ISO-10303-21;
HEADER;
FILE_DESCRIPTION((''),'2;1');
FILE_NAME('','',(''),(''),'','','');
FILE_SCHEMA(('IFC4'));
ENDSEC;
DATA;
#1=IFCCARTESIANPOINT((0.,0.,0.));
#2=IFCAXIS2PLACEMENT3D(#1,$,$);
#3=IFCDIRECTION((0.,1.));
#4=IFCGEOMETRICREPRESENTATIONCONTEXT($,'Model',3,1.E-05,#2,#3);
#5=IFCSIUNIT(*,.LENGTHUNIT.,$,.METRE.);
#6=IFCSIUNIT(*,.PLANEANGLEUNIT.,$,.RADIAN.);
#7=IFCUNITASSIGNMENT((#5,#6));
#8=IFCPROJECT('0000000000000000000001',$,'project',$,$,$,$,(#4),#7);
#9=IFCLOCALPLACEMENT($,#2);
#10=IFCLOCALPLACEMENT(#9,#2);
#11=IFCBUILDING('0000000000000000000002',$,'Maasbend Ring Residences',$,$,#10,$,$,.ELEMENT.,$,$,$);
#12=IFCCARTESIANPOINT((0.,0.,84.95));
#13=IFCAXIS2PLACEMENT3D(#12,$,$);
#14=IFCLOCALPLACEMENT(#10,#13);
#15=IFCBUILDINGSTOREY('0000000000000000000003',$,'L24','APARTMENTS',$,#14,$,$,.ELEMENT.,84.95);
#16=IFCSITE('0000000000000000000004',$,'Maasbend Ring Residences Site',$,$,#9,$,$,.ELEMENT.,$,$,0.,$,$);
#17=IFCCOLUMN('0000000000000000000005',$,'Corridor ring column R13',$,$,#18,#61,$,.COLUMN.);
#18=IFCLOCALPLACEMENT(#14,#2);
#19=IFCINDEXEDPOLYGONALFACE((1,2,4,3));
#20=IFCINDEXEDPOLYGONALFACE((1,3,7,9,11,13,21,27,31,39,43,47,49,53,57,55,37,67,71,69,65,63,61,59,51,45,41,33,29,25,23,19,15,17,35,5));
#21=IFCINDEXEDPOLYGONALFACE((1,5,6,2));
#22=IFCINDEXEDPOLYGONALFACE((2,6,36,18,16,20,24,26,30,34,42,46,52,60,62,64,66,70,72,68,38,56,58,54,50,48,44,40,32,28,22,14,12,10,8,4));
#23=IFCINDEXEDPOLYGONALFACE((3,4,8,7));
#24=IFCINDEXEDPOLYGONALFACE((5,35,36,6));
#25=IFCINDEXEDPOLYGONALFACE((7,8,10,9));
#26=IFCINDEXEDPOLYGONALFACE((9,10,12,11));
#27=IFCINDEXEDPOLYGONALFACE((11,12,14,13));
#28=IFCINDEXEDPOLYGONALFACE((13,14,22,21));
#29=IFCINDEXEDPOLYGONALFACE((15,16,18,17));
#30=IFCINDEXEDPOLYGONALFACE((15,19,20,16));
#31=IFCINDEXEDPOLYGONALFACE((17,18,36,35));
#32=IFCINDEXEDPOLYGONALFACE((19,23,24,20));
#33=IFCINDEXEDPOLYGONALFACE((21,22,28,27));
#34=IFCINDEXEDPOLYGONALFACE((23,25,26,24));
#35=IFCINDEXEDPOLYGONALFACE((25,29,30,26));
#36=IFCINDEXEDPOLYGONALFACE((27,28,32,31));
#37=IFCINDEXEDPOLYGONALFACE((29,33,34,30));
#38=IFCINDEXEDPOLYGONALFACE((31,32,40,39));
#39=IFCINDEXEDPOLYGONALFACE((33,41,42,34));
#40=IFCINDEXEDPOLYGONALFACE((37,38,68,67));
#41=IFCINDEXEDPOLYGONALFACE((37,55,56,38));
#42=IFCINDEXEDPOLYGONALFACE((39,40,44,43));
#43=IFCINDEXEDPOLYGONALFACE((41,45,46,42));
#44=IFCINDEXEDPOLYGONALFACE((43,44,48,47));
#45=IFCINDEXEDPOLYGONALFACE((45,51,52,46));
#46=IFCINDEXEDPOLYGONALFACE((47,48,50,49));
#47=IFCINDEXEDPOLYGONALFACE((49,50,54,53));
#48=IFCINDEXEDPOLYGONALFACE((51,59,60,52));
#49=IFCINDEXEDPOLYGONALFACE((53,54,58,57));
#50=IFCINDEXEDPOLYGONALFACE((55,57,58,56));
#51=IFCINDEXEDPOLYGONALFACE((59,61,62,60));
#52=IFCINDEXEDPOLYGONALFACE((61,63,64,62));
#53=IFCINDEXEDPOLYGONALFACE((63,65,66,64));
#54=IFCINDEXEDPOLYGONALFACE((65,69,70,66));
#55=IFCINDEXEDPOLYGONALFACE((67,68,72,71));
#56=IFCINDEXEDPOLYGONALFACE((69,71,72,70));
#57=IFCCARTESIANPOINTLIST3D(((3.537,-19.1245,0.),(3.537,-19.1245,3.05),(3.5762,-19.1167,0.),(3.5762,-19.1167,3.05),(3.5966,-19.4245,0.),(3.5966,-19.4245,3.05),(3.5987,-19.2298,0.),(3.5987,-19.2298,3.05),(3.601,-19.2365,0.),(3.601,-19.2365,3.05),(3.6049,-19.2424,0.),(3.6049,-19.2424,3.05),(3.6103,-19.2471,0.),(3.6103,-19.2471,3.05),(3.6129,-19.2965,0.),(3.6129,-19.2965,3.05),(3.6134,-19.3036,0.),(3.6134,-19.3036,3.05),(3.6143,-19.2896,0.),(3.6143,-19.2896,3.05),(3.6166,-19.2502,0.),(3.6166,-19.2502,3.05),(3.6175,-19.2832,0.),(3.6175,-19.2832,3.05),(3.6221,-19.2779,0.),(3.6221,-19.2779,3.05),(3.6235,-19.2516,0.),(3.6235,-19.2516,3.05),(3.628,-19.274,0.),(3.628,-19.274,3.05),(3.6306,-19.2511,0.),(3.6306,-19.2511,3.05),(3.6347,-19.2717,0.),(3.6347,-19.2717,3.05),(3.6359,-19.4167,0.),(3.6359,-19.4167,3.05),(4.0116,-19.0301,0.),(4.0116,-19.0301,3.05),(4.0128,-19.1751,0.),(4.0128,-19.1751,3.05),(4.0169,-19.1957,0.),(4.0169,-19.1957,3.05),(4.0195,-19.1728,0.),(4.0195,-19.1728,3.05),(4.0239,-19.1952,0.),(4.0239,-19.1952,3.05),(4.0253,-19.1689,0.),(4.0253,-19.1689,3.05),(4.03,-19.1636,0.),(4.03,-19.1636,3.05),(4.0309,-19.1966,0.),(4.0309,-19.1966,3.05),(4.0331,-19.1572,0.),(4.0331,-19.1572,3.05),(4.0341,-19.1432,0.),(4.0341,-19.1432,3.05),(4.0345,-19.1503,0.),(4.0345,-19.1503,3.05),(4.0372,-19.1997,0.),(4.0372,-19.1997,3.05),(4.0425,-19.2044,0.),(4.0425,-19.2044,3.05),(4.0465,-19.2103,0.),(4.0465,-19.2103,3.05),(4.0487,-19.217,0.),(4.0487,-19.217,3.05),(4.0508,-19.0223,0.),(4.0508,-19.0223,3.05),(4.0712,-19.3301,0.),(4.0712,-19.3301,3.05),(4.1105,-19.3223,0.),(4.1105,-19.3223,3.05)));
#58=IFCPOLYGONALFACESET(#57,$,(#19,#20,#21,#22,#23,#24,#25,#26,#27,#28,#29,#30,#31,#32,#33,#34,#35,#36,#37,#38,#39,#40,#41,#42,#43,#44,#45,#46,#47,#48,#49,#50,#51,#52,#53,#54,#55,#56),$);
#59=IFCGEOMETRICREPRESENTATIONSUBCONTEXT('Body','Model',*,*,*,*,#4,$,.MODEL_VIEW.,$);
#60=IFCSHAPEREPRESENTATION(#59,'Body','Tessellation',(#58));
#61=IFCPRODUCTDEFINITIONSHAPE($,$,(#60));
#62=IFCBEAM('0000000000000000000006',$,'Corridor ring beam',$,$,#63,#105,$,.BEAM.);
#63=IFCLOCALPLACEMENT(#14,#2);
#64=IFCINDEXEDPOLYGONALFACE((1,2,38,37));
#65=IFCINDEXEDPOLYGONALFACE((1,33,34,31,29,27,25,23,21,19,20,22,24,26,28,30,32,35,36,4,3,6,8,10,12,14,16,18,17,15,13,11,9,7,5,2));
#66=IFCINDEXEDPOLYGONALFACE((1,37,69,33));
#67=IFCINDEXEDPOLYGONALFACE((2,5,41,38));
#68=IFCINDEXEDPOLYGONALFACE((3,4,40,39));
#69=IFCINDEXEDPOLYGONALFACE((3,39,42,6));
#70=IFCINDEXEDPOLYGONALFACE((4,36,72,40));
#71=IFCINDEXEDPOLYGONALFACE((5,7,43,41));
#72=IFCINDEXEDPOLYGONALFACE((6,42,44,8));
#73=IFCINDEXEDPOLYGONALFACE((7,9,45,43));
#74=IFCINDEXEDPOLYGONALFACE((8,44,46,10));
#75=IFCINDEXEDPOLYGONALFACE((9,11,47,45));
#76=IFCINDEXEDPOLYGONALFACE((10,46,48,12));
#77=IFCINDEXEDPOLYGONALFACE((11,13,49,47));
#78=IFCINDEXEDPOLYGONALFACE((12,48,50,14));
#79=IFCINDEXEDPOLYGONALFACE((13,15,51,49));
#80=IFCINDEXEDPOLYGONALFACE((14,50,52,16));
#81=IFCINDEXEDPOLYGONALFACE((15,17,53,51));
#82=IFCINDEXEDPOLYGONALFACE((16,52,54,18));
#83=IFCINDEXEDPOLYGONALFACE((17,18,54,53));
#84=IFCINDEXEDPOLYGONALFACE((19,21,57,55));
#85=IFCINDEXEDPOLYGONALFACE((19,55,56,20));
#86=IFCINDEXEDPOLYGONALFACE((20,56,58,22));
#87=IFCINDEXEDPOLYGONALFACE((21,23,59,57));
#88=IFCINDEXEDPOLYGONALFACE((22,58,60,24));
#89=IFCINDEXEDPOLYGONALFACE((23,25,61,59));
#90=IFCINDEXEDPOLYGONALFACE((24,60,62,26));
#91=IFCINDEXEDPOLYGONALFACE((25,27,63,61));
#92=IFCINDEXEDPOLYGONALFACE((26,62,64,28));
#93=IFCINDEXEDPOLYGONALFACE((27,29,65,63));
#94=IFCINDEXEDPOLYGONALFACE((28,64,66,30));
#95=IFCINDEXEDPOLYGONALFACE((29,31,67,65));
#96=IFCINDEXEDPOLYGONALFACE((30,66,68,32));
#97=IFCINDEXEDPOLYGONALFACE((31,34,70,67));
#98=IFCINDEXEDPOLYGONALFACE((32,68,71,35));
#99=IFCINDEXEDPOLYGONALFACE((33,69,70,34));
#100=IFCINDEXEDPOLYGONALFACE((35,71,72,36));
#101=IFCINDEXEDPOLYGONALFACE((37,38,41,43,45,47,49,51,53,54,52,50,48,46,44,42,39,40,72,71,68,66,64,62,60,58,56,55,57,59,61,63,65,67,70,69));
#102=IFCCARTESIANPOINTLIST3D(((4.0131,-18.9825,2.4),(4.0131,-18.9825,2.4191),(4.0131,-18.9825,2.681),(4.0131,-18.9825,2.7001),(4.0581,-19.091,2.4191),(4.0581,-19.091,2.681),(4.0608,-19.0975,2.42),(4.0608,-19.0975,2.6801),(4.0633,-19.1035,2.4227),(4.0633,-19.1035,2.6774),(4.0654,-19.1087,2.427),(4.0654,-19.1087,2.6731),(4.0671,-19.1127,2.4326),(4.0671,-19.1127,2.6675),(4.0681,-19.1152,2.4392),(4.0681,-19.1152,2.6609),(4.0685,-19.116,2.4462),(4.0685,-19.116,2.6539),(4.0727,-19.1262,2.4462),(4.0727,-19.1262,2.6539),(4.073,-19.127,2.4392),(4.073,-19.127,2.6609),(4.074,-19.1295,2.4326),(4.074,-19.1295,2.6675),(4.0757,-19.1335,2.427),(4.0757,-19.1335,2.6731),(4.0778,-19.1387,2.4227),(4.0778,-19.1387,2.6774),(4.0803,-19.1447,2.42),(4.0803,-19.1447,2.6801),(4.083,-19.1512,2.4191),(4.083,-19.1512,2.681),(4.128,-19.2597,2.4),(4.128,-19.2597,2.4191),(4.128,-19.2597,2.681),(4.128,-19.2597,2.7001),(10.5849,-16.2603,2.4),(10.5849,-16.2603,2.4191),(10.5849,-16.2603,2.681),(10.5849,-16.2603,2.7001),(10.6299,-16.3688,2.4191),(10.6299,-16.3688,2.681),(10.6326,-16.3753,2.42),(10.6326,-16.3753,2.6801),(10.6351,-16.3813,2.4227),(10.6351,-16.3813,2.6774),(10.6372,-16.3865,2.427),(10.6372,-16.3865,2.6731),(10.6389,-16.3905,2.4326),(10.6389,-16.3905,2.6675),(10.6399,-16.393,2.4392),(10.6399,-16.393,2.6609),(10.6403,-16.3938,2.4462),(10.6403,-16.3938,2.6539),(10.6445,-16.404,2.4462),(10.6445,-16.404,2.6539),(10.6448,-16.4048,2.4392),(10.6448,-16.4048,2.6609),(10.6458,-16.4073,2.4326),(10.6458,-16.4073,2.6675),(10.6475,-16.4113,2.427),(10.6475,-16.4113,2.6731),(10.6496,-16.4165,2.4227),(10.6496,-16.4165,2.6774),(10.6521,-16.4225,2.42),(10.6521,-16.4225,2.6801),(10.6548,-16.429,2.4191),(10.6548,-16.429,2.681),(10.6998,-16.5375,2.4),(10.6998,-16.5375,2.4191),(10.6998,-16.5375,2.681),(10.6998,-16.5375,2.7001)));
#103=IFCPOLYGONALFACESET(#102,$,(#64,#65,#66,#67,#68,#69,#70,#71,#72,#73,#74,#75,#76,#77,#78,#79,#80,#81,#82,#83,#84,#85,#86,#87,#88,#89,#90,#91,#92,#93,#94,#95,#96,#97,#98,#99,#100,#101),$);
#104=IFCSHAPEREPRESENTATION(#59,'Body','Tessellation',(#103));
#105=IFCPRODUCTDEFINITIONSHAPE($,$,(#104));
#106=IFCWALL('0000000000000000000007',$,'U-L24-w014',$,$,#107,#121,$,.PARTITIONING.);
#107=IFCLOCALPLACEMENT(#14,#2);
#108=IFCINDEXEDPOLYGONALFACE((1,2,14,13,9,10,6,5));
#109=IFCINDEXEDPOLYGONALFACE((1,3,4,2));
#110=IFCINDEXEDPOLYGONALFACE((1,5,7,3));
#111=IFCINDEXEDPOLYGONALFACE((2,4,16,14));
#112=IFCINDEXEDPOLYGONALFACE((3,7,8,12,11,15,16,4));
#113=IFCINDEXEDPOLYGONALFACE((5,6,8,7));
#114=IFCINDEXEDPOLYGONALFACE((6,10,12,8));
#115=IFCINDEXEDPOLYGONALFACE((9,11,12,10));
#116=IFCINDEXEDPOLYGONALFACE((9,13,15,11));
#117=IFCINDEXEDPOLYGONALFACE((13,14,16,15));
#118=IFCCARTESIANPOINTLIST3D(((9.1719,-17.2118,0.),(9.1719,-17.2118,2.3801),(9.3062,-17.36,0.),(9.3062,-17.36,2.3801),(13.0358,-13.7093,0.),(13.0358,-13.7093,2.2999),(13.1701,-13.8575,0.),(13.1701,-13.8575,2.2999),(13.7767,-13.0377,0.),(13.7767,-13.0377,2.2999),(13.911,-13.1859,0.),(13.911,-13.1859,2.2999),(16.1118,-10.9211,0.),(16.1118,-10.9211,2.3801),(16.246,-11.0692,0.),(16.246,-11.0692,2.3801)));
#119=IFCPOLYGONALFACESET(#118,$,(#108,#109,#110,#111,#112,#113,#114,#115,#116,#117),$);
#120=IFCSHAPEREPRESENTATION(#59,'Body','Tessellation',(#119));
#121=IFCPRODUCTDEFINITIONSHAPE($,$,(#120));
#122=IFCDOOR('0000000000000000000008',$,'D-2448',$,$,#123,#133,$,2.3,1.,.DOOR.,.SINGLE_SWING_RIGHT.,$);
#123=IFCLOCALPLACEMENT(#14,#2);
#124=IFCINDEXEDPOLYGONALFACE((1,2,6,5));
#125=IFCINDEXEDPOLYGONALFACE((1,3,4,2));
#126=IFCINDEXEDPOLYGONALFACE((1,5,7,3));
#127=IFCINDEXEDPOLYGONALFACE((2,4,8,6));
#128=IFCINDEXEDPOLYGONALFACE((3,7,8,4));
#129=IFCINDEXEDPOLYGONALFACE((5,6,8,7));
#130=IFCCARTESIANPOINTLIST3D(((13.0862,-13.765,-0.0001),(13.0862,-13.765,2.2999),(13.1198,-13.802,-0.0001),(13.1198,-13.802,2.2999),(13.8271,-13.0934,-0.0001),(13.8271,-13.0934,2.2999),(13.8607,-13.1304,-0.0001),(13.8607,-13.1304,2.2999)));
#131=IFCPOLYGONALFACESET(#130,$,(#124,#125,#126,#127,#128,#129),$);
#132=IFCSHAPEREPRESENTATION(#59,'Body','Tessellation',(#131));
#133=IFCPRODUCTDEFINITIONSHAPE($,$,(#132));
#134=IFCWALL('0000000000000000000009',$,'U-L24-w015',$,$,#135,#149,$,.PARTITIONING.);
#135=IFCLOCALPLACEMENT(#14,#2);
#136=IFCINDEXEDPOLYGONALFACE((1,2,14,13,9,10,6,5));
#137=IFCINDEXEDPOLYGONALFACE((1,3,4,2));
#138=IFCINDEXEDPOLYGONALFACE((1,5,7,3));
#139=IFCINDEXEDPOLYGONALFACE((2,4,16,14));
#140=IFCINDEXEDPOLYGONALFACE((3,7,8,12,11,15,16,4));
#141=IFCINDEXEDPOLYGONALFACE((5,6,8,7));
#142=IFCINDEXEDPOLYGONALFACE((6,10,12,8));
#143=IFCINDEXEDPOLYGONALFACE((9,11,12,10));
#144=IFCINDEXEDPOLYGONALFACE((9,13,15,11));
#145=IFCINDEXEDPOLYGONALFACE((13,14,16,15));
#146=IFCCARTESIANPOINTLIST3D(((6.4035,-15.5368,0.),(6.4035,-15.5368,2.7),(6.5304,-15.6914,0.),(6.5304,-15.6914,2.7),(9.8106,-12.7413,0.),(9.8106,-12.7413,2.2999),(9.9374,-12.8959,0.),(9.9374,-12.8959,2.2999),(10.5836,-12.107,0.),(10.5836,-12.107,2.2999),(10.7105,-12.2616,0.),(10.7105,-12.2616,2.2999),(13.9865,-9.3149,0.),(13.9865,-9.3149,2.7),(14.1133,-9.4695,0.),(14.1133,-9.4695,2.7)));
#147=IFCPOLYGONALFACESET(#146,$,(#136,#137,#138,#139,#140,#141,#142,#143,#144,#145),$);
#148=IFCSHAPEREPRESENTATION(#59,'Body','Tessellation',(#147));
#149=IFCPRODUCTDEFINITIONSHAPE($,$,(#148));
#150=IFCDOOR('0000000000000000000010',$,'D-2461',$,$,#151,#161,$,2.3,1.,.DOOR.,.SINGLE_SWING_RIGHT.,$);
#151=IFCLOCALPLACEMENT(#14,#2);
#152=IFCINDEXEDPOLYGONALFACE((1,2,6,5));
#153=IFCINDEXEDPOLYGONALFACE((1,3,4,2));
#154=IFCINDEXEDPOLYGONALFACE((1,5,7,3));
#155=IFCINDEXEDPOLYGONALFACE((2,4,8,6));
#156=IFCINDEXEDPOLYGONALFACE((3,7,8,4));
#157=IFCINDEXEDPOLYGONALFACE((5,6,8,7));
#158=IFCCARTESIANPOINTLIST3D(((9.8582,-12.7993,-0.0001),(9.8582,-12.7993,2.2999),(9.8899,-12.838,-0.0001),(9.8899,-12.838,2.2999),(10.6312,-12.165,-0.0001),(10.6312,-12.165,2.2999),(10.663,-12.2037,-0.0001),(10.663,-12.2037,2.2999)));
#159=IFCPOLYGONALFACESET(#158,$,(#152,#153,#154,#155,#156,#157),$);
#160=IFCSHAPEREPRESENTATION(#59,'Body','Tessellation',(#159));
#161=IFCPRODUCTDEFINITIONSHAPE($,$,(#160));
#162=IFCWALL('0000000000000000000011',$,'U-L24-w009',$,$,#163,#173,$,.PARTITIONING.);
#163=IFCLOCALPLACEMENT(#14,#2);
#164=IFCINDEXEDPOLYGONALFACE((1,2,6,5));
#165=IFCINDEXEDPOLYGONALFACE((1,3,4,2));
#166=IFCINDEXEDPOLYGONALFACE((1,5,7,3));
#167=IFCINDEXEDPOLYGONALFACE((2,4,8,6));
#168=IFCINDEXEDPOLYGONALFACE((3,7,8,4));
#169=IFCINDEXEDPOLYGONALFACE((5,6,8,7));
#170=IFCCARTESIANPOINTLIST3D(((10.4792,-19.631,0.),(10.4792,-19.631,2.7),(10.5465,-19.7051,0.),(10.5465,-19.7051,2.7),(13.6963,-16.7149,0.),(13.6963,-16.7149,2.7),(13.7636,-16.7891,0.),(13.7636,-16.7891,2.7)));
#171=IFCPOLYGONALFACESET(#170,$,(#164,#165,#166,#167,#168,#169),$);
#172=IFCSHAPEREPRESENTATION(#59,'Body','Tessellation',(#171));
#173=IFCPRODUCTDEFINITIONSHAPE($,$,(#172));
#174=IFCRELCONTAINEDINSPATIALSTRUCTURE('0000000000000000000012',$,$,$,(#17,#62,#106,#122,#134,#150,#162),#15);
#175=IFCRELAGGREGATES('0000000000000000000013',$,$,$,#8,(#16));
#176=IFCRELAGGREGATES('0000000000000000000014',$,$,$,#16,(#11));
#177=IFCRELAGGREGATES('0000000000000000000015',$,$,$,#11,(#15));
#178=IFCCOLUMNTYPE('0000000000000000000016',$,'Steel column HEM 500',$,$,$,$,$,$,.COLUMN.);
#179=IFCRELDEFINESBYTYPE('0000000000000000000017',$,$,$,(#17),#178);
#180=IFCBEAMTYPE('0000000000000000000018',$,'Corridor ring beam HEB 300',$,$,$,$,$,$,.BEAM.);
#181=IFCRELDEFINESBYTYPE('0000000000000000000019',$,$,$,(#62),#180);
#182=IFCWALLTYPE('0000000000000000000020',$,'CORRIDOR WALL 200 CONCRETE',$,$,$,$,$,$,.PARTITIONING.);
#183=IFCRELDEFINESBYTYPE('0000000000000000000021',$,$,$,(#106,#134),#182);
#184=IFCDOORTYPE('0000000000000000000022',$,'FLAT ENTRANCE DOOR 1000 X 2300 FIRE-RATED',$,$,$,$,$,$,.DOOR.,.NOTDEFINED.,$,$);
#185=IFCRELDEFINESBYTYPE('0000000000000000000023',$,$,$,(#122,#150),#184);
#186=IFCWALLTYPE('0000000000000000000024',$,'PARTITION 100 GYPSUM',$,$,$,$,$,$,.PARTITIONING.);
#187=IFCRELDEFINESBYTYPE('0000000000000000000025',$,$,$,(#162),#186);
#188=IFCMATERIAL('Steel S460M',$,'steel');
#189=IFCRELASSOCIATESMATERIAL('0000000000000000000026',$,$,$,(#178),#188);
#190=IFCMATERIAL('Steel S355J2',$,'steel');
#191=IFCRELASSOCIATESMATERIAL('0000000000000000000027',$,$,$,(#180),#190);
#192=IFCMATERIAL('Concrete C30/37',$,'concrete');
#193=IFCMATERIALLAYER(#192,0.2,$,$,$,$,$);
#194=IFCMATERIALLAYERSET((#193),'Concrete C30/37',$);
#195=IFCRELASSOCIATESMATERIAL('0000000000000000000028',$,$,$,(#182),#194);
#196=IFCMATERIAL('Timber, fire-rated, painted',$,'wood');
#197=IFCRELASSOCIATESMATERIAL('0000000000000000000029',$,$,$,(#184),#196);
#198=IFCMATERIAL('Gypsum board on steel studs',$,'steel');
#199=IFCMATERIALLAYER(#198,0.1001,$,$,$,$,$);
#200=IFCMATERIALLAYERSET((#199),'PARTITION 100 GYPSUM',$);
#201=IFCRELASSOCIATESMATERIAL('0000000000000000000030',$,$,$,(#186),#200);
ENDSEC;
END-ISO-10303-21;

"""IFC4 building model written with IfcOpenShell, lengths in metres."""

from ifc_helpers import new_model, si_unit, direction, frame, frame_2d, origin, origin_2d, place, context, subcontext, project, spatial, rectangle, i_section, extrude, material, layer, layer_set, material_profile, profile_set, type_object, element, fill, save


model = new_model("IFC4")

# Units and contexts
model_context = context("Model", 3, precision=1e-05, world=origin(), true_north=direction((0.0, 1.0)))
body_context = subcontext(model_context, "Body", "Model", "MODEL_VIEW")
ifc_project = project(units=[si_unit("LENGTHUNIT", "METRE"), si_unit("PLANEANGLEUNIT", "RADIAN")], contexts=[model_context])

# Site, building, storey
site_placement = place(None, origin())
site = spatial("IfcSite", under=ifc_project, at=site_placement, Name="Maasbend Ring Residences Site", CompositionType="ELEMENT", RefElevation=0.0)
building_placement = place(site_placement, origin())
building = spatial("IfcBuilding", under=site, at=building_placement, Name="Maasbend Ring Residences", CompositionType="ELEMENT")
storey_placement = place(building_placement, frame((0.0, 0.0, 84.95)))
storey = spatial("IfcBuildingStorey", under=building, at=storey_placement, Name="L24", Description="APARTMENTS", CompositionType="ELEMENT", Elevation=84.95)

# Column
ifc_material_1 = material(Name="Steel S460M", Category="steel")
ifc_material_profile_1 = material_profile(ifc_material_1, i_section(OverallWidth=0.3059, OverallDepth=0.5239, WebThickness=0.021, FlangeThickness=0.04, FilletRadius=0.0271, at=origin_2d()), Name="HEM 500")
ifc_profile_set_1 = profile_set([ifc_material_profile_1], Name="Steel S460M")
column_type = type_object("IfcColumnType", Name="Steel column HEM 500", PredefinedType="COLUMN", material=ifc_profile_set_1)
column_placement = place(storey_placement, frame((3.8237, -19.2234, 0.0), z_axis=(0.0, 0.0, 1.0), x_axis=(0.19509, -0.980785, 0.0)))
element("IfcColumn", 1, at=column_placement, inside=storey, type_object=column_type, Name="Corridor ring column R13", PredefinedType="COLUMN", context=body_context, shape_type="SweptSolid", body=[
    extrude(i_section(OverallWidth=0.3059, OverallDepth=0.5239, WebThickness=0.021, FlangeThickness=0.04, FilletRadius=0.0271, at=origin_2d()), origin(), (0.0, 0.0, 1.0), 3.05),
])

# Beam
ifc_material_2 = material(Name="Steel S355J2", Category="steel")
ifc_material_profile_2 = material_profile(ifc_material_2, i_section(OverallWidth=0.3, OverallDepth=0.3, WebThickness=0.011, FlangeThickness=0.019, FilletRadius=0.0271, at=origin_2d()), Name="HEB 300")
ifc_profile_set_2 = profile_set([ifc_material_profile_2], Name="Steel S355J2")
beam_type = type_object("IfcBeamType", Name="Corridor ring beam HEB 300", PredefinedType="BEAM", material=ifc_profile_set_2)
beam_placement = place(storey_placement, frame((4.0706, -19.1211, 2.55), z_axis=(0.923877, 0.382689, 0.0), x_axis=(-0.382689, 0.923877, 0.0)))
element("IfcBeam", 2, at=beam_placement, inside=storey, type_object=beam_type, Name="Corridor ring beam", PredefinedType="BEAM", context=body_context, shape_type="SweptSolid", body=[
    extrude(i_section(OverallWidth=0.3, OverallDepth=0.3, WebThickness=0.011, FlangeThickness=0.019, FilletRadius=0.0271, at=origin_2d()), origin(), (0.0, 0.0, 1.0), 7.1133),
])

# Walls, openings, doors
ifc_material_3 = material(Name="Concrete C30/37", Category="concrete")
ifc_layer_1 = layer(ifc_material_3, 0.2)
ifc_layer_set_1 = layer_set([ifc_layer_1], Name="Concrete C30/37")
wall_type_1 = type_object("IfcWallType", Name="CORRIDOR WALL 200 CONCRETE", PredefinedType="PARTITIONING", material=ifc_layer_set_1)
wall_1_placement = place(storey_placement, frame((9.239, -17.2859, 0.0), z_axis=(0.0, 0.0, 1.0), x_axis=(0.74091, 0.671604, 0.0)))
wall_1 = element("IfcWall", 3, at=wall_1_placement, inside=storey, type_object=wall_type_1, Name="U-L24-w014", PredefinedType="PARTITIONING", context=body_context, shape_type="SweptSolid", body=[
    extrude(rectangle(XDim=9.3667, YDim=0.2, at=frame_2d((4.6833, 0.0))), origin(), (0.0, 0.0, 1.0), 2.3801),
])
opening_1_placement = place(wall_1_placement, frame((5.2151, 0.0, 0.0)))
opening_1 = element("IfcOpeningElement", 4, at=opening_1_placement, cuts=wall_1, PredefinedType="OPENING", context=body_context, shape_type="SweptSolid", body=[
    extrude(rectangle(XDim=1.0, YDim=2.3, at=frame_2d((0.5, 1.1499))), frame((0.0, 0.1099, 0.0), z_axis=(0.0, -1.0, 0.0), x_axis=(1.0, 0.0, 0.0)), (0.0, 0.0, 1.0), 0.22),
])
ifc_material_4 = material(Name="Timber, fire-rated, painted", Category="wood")
door_type_1 = type_object("IfcDoorType", Name="FLAT ENTRANCE DOOR 1000 X 2300 FIRE-RATED", OperationType="NOTDEFINED", PredefinedType="DOOR", material=ifc_material_4)
door_1_placement = place(opening_1_placement, origin())
door_1 = element("IfcDoor", 5, at=door_1_placement, inside=storey, type_object=door_type_1, Name="D-2448", OperationType="SINGLE_SWING_RIGHT", OverallHeight=2.3, OverallWidth=1.0, PredefinedType="DOOR", context=body_context, shape_type="SweptSolid", body=[
    extrude(rectangle(XDim=1.0, YDim=2.3, at=frame_2d((0.5, 1.1499))), frame((0.0, 0.0249, 0.0), z_axis=(0.0, -1.0, 0.0), x_axis=(1.0, 0.0, 0.0)), (0.0, 0.0, 1.0), 0.05),
])
fill(opening_1, door_1)
wall_2_placement = place(storey_placement, frame((6.467, -15.614, 0.0), z_axis=(0.0, 0.0, 1.0), x_axis=(0.773075, 0.634315, 0.0)))
wall_2 = element("IfcWall", 6, at=wall_2_placement, inside=storey, type_object=wall_type_1, Name="U-L24-w015", PredefinedType="PARTITIONING", context=body_context, shape_type="SweptSolid", body=[
    extrude(rectangle(XDim=9.8088, YDim=0.2, at=frame_2d((4.9043, 0.0))), origin(), (0.0, 0.0, 1.0), 2.7),
])
opening_2_placement = place(wall_2_placement, frame((4.407, 0.0, 0.0)))
opening_2 = element("IfcOpeningElement", 7, at=opening_2_placement, cuts=wall_2, PredefinedType="OPENING", context=body_context, shape_type="SweptSolid", body=[
    extrude(rectangle(XDim=1.0, YDim=2.3, at=frame_2d((0.5, 1.1499))), frame((0.0, 0.1099, 0.0), z_axis=(0.0, -1.0, 0.0), x_axis=(1.0, 0.0, 0.0)), (0.0, 0.0, 1.0), 0.22),
])
door_2_placement = place(opening_2_placement, origin())
door_2 = element("IfcDoor", 8, at=door_2_placement, inside=storey, type_object=door_type_1, Name="D-2461", OperationType="SINGLE_SWING_RIGHT", OverallHeight=2.3, OverallWidth=1.0, PredefinedType="DOOR", context=body_context, shape_type="SweptSolid", body=[
    extrude(rectangle(XDim=1.0, YDim=2.3, at=frame_2d((0.5, 1.1499))), frame((0.0, 0.0249, 0.0), z_axis=(0.0, -1.0, 0.0), x_axis=(1.0, 0.0, 0.0)), (0.0, 0.0, 1.0), 0.05),
])
fill(opening_2, door_2)

# Wall
ifc_material_5 = material(Name="Gypsum board on steel studs", Category="steel")
ifc_layer_2 = layer(ifc_material_5, 0.1001)
ifc_layer_set_2 = layer_set([ifc_layer_2], Name="PARTITION 100 GYPSUM")
wall_type_2 = type_object("IfcWallType", Name="PARTITION 100 GYPSUM", PredefinedType="PARTITIONING", material=ifc_layer_set_2)
wall_3_placement = place(storey_placement, frame((10.5129, -19.668, 0.0), z_axis=(0.0, 0.0, 1.0), x_axis=(0.740921, 0.671592, 0.0)))
element("IfcWall", 9, at=wall_3_placement, inside=storey, type_object=wall_type_2, Name="U-L24-w009", PredefinedType="PARTITIONING", context=body_context, shape_type="SweptSolid", body=[
    extrude(rectangle(XDim=4.342, YDim=0.1001, at=frame_2d((2.1709, 0.0))), origin(), (0.0, 0.0, 1.0), 2.7),
])

save(model, "model.ifc")
